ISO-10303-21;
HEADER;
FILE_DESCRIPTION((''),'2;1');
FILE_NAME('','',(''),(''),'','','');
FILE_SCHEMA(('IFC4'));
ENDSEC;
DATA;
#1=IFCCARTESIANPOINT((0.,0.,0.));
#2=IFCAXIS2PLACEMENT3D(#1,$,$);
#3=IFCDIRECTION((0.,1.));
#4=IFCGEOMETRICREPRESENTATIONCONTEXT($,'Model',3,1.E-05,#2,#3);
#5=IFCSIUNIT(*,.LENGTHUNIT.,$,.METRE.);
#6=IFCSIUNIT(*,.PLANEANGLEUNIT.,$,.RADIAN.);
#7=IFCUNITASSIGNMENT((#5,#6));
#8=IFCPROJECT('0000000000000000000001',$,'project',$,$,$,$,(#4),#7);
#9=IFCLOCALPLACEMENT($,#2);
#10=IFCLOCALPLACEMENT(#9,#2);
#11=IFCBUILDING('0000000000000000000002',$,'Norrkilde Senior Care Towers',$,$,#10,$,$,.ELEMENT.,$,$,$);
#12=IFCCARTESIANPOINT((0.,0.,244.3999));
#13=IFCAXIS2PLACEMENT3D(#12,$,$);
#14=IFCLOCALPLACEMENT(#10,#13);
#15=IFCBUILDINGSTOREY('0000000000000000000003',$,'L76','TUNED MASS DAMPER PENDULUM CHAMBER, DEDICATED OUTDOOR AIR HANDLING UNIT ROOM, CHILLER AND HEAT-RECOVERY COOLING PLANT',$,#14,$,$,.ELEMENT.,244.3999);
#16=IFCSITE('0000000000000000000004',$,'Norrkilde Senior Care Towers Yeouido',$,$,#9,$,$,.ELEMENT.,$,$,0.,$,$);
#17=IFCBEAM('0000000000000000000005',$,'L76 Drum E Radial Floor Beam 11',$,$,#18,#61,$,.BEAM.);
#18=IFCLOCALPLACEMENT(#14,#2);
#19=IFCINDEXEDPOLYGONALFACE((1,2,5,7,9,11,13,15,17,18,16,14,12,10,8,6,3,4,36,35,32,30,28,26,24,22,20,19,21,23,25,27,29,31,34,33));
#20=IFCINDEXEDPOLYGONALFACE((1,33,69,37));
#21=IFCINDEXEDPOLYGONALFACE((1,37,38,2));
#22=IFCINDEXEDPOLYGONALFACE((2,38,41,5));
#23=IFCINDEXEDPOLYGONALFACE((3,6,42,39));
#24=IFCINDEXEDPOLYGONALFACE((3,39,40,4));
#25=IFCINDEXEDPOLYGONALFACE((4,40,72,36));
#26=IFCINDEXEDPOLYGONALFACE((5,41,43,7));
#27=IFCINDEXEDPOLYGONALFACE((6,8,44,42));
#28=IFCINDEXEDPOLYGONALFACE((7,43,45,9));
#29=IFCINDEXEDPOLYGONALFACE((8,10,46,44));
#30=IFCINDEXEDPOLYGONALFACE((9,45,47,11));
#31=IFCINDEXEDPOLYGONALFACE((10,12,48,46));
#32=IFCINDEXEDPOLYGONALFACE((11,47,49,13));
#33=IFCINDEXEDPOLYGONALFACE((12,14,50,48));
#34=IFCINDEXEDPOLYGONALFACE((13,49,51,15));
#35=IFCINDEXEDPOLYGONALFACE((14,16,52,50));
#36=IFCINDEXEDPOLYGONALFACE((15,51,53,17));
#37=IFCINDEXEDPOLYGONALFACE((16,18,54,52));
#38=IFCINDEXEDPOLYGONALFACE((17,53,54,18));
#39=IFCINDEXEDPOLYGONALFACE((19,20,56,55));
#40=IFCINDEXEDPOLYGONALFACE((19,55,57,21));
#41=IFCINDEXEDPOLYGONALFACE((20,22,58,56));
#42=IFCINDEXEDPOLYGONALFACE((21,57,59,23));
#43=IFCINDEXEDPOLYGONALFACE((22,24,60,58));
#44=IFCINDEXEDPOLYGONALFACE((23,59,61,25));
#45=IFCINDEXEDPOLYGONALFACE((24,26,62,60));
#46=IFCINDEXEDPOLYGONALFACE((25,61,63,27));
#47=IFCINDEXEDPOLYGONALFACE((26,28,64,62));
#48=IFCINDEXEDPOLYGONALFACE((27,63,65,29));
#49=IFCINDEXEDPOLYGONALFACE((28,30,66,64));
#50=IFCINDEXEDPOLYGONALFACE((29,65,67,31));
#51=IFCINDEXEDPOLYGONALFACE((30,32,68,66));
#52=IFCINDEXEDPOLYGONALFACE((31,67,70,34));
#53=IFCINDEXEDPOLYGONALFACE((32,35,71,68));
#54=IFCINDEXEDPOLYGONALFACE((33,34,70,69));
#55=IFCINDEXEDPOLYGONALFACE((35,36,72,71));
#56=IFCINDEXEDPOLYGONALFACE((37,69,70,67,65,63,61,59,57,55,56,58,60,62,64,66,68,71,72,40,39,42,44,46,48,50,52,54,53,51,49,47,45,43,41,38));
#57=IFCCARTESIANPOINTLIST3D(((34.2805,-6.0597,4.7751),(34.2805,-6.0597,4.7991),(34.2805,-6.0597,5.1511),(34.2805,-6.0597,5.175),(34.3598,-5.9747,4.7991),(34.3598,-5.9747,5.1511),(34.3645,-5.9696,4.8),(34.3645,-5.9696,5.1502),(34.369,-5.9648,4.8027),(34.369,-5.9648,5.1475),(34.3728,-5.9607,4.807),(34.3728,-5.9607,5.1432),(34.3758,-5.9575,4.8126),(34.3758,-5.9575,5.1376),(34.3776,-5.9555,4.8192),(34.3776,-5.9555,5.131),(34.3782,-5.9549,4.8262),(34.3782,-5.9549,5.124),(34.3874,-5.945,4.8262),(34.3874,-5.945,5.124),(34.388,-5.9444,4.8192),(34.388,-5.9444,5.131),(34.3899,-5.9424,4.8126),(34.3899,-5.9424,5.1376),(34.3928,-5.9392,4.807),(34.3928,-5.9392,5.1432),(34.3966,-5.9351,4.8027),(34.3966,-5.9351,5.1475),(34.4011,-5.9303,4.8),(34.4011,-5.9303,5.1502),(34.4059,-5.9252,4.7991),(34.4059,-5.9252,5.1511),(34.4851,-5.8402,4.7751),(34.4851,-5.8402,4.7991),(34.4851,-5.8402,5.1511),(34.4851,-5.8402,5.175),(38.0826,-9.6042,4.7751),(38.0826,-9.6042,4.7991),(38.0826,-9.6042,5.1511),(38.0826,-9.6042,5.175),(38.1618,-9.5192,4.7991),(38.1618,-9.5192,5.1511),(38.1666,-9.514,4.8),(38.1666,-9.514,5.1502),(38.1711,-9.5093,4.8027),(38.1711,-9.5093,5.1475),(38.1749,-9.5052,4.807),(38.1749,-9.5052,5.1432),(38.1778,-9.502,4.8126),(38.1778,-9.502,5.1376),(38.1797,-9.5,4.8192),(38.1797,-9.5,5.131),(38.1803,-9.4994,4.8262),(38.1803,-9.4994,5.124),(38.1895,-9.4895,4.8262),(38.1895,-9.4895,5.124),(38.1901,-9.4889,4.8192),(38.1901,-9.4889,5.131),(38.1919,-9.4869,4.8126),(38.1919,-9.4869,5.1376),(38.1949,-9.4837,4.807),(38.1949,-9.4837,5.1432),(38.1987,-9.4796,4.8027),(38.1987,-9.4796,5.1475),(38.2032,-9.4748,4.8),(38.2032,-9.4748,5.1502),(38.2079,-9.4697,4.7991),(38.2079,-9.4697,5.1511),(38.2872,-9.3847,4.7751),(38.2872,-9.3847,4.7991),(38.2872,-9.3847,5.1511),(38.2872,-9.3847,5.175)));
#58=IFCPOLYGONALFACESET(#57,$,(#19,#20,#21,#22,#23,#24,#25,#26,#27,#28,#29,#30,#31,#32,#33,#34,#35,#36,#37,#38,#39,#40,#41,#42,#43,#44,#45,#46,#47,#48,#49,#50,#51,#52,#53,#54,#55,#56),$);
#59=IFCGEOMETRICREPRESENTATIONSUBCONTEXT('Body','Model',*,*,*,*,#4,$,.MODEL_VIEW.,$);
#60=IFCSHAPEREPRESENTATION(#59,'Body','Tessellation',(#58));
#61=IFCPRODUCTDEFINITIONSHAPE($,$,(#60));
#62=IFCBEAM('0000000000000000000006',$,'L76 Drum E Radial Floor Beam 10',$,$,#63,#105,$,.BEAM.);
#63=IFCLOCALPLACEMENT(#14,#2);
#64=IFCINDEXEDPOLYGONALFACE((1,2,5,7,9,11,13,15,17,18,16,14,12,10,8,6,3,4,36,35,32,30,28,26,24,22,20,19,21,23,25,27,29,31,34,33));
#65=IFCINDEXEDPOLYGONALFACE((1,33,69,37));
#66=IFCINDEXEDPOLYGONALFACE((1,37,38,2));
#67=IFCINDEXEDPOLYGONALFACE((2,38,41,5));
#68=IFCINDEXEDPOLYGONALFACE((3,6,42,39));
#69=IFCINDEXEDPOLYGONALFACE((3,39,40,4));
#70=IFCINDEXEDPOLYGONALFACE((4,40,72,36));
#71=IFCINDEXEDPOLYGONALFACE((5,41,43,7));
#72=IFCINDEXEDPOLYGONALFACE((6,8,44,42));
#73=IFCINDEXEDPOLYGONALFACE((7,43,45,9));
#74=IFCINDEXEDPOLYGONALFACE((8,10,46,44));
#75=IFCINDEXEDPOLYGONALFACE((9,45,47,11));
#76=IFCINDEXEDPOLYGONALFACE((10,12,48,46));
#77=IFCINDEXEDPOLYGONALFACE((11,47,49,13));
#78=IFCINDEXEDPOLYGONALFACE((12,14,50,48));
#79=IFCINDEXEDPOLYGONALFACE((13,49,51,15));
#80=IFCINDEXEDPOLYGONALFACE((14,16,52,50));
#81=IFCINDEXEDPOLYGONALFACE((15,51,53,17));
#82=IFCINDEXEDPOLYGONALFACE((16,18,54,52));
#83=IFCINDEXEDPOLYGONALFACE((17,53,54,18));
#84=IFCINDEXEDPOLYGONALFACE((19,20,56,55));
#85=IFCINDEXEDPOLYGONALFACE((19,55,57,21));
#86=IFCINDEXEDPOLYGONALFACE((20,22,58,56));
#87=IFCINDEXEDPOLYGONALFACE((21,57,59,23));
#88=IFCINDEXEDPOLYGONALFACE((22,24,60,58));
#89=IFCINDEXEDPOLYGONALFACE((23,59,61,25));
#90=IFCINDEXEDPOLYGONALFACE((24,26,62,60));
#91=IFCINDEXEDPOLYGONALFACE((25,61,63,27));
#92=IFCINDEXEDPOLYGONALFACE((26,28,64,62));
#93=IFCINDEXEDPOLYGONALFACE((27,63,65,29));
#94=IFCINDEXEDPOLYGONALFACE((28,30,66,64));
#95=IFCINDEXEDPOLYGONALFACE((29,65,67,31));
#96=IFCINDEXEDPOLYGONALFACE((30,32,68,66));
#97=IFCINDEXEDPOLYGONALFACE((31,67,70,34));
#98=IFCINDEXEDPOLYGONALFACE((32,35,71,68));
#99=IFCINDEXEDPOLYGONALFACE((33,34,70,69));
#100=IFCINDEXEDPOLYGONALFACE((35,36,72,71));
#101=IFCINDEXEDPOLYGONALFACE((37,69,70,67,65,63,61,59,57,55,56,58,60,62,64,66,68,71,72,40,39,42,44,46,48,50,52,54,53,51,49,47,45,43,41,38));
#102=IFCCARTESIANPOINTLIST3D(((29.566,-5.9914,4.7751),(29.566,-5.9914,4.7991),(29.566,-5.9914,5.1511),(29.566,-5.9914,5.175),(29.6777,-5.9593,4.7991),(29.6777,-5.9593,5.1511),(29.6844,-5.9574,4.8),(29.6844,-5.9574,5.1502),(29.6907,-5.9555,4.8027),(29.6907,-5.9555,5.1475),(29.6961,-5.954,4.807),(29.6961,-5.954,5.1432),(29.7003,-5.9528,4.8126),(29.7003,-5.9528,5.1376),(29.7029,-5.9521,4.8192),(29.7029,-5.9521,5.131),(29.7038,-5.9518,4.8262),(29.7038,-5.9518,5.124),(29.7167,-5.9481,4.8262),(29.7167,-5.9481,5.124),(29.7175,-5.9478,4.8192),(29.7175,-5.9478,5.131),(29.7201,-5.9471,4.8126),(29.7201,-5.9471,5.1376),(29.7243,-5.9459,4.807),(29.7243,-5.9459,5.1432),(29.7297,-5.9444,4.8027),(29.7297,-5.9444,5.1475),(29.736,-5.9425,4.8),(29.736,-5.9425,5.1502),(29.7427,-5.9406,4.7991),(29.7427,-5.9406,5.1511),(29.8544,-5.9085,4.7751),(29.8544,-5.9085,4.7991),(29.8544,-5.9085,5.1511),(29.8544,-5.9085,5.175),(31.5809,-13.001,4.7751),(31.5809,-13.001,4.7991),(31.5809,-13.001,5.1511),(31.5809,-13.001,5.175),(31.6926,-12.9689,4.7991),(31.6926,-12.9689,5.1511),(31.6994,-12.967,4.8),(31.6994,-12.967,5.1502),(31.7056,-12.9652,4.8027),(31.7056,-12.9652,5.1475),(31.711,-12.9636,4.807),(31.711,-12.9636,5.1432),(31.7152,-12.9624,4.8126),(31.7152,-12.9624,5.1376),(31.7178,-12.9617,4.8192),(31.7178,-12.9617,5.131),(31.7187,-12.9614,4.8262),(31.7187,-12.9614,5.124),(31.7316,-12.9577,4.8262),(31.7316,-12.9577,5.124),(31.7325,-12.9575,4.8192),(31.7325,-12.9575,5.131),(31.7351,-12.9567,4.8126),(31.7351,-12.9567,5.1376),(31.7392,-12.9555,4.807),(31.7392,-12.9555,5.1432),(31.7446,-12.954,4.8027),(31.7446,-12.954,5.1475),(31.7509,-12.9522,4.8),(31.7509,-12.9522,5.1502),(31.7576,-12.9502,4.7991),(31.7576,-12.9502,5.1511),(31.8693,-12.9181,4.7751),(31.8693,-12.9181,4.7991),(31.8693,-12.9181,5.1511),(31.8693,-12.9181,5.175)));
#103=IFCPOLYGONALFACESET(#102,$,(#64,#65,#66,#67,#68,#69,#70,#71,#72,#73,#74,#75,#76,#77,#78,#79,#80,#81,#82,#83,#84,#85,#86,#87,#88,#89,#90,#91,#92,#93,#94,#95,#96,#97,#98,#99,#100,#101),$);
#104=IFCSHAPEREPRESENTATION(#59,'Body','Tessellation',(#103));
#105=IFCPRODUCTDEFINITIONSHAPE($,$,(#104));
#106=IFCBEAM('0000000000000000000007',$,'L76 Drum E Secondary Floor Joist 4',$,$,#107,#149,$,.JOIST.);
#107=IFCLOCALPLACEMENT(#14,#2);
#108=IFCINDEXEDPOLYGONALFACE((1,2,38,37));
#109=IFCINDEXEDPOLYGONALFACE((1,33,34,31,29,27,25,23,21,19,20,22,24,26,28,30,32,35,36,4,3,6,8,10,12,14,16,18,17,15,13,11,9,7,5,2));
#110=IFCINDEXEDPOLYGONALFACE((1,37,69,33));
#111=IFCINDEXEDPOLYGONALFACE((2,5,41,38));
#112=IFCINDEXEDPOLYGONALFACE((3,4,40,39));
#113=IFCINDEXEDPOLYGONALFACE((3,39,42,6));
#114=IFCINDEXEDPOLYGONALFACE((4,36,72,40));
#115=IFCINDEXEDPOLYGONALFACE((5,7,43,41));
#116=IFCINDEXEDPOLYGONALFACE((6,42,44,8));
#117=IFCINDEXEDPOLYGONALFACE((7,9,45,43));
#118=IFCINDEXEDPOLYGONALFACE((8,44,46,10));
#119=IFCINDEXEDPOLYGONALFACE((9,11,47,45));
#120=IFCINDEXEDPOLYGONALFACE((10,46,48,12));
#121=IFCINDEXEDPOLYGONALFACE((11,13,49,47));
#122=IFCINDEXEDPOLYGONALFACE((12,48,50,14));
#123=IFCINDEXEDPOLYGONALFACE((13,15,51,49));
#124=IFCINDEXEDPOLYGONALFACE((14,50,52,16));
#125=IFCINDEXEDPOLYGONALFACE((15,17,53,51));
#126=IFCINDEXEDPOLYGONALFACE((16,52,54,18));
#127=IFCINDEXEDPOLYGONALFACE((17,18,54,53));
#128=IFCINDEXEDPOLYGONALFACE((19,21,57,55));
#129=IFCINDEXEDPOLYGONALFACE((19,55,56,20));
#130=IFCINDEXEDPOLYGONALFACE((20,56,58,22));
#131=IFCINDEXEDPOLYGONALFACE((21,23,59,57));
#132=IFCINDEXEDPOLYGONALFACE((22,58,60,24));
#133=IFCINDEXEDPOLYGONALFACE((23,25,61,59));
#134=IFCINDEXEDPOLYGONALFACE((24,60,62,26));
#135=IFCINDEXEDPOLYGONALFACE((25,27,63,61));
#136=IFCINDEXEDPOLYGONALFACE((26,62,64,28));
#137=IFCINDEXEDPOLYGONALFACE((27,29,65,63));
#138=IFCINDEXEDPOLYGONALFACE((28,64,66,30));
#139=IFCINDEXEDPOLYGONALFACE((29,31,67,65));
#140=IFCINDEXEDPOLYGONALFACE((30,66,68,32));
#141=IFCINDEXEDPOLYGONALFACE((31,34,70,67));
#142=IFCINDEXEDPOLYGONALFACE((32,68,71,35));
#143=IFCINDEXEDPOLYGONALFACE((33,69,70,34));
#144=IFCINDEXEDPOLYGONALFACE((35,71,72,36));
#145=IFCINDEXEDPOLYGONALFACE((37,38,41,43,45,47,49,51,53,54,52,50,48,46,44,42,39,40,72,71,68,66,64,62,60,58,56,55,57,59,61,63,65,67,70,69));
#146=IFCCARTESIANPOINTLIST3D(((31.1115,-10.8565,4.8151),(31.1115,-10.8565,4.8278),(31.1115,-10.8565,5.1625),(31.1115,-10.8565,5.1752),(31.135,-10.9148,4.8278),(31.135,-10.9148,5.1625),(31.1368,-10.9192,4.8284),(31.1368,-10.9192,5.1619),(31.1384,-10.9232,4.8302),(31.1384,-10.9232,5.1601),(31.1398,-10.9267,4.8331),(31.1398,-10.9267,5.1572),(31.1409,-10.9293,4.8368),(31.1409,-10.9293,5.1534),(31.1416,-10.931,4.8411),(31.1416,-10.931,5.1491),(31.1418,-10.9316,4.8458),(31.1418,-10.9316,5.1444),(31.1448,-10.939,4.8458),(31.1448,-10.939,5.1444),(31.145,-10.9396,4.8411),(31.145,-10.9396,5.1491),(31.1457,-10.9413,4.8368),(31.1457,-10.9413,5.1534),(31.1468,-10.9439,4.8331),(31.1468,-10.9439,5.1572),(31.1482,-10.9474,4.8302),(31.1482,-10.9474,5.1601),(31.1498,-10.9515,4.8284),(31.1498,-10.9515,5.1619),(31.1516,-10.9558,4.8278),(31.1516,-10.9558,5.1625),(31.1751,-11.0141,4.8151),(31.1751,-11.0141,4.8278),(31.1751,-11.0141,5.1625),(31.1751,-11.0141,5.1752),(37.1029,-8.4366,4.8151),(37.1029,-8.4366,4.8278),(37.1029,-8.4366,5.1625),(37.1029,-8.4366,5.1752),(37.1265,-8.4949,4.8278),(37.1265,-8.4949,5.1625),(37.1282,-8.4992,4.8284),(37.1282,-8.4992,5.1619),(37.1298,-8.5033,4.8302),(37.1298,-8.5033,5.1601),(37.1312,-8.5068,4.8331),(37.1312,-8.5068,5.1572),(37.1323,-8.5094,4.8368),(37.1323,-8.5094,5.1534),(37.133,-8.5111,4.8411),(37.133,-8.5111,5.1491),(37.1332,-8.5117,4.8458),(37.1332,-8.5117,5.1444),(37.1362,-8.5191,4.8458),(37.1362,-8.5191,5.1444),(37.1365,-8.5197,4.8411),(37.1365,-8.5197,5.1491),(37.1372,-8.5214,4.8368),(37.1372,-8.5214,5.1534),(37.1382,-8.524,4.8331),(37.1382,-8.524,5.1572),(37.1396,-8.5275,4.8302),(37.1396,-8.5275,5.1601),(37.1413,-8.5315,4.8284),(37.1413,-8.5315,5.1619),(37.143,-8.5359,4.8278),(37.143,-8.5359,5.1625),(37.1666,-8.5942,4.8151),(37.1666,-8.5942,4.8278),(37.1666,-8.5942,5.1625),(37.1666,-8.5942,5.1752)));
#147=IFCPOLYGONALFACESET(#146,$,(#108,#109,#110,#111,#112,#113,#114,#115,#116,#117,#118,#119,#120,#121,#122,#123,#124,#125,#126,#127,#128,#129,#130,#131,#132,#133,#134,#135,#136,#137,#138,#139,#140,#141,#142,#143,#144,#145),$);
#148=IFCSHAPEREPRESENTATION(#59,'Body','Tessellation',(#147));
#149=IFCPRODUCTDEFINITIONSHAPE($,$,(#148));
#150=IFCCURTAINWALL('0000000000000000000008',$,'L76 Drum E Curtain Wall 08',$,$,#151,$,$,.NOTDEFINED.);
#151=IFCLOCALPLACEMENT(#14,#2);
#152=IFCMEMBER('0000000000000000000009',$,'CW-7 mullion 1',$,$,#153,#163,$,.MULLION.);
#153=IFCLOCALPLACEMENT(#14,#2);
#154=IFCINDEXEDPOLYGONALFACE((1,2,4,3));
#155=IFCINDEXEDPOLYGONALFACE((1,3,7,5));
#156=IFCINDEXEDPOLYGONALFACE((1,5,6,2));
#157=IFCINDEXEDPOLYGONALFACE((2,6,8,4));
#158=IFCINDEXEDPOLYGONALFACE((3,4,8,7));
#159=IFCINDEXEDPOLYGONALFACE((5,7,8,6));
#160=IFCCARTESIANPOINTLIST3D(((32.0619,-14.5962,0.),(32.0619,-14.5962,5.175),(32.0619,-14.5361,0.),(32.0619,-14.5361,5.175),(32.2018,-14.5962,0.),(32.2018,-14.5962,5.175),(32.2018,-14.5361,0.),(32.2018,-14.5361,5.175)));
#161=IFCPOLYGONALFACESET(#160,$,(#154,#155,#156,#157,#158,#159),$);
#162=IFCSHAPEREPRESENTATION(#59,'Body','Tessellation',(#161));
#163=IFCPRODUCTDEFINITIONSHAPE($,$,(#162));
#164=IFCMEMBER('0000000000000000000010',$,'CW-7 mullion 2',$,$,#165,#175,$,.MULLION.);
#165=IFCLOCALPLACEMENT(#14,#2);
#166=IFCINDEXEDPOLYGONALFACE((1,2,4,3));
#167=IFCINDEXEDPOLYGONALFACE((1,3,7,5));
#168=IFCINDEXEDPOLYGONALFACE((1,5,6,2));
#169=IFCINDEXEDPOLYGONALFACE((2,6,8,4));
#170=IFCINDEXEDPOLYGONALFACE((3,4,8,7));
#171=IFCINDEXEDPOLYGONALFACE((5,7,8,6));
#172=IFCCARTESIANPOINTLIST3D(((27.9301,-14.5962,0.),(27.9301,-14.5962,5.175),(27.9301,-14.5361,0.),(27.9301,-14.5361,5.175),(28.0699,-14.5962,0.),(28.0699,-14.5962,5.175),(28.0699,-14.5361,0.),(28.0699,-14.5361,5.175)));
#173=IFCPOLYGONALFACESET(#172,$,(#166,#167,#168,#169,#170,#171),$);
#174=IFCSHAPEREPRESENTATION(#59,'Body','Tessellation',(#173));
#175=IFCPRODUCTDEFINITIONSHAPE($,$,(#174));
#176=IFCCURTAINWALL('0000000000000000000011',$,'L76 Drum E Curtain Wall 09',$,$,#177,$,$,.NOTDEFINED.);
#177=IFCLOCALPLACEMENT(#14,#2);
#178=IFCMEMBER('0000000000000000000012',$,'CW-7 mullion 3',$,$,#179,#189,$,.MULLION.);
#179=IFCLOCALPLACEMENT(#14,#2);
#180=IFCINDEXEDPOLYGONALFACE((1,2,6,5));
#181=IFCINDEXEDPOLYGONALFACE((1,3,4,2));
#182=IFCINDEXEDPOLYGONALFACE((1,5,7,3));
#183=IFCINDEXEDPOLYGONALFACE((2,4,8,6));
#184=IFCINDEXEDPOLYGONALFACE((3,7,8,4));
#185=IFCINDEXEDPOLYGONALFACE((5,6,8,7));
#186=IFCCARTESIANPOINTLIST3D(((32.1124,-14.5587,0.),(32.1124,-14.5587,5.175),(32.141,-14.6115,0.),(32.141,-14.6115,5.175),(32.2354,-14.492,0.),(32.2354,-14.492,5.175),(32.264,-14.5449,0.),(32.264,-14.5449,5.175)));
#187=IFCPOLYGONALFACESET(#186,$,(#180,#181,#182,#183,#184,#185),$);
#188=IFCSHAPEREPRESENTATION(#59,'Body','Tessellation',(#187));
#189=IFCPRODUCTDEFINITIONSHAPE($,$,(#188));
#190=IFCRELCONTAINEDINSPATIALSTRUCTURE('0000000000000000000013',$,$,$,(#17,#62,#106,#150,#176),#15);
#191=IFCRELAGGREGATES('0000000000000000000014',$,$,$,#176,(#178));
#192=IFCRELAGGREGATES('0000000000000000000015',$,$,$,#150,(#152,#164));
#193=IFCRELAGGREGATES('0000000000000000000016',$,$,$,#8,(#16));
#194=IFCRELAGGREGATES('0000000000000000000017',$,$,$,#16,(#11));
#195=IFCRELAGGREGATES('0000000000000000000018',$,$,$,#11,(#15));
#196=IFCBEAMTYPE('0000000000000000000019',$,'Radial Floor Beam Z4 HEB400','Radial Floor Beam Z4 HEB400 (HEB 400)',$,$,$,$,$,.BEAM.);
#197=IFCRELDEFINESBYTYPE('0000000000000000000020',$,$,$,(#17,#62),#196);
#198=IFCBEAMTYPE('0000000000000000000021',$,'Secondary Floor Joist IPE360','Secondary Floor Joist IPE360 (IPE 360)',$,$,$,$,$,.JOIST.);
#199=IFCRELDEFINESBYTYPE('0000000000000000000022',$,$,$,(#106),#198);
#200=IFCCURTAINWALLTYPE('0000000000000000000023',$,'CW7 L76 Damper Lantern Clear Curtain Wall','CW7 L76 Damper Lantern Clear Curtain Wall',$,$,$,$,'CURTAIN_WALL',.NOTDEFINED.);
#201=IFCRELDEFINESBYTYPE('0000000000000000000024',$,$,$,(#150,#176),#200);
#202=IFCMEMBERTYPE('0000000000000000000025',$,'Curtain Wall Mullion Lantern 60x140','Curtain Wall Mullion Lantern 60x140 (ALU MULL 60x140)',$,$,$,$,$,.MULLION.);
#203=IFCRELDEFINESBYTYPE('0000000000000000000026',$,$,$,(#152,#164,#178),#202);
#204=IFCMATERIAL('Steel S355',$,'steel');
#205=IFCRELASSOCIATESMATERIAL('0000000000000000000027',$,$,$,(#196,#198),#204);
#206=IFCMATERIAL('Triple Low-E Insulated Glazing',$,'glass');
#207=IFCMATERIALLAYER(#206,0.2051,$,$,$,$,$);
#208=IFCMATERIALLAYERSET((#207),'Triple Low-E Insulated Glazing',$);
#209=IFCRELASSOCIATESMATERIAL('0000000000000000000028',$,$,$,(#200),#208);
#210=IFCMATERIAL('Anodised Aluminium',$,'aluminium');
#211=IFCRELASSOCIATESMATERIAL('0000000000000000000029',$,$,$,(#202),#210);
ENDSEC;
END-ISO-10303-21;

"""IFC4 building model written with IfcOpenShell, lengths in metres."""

from ifc_helpers import new_model, si_unit, direction, frame, origin, origin_2d, place, context, subcontext, project, spatial, rectangle, i_section, extrude, source, transform, mapped, material, layer, layer_set, material_profile, profile_set, type_object, type_shapes, element, aggregate, save


model = new_model("IFC4")

# Units and contexts
model_context = context("Model", 3, precision=1e-05, world=origin(), true_north=direction((0.0, 1.0)))
body_context = subcontext(model_context, "Body", "Model", "MODEL_VIEW")
ifc_project = project(units=[si_unit("LENGTHUNIT", "METRE"), si_unit("PLANEANGLEUNIT", "RADIAN")], contexts=[model_context])

# Site, building, storey
site_placement = place(None, origin())
site = spatial("IfcSite", under=ifc_project, at=site_placement, Name="Norrkilde Senior Care Towers Yeouido", CompositionType="ELEMENT", RefElevation=0.0)
building_placement = place(site_placement, origin())
building = spatial("IfcBuilding", under=site, at=building_placement, Name="Norrkilde Senior Care Towers", CompositionType="ELEMENT")
storey_placement = place(building_placement, frame((0.0, 0.0, 244.3999)))
storey = spatial("IfcBuildingStorey", under=building, at=storey_placement, Name="L76", Description="TUNED MASS DAMPER PENDULUM CHAMBER, DEDICATED OUTDOOR AIR HANDLING UNIT ROOM, CHILLER AND HEAT-RECOVERY COOLING PLANT", CompositionType="ELEMENT", Elevation=244.3999)

# Beams
ifc_material_1 = material(Name="Steel S355", Category="steel")
ifc_material_profile_1 = material_profile(ifc_material_1, i_section(OverallWidth=0.3, OverallDepth=0.3999, WebThickness=0.0134, FlangeThickness=0.0239, FilletRadius=0.0271, at=origin_2d()), Name="HEB 400")
ifc_profile_set_1 = profile_set([ifc_material_profile_1], Name="Steel S355")
beam_type_1 = type_object("IfcBeamType", Name="Radial Floor Beam Z4 HEB400", Description="Radial Floor Beam Z4 HEB400 (HEB 400)", PredefinedType="BEAM", material=ifc_profile_set_1)
shared_shape_1 = source(origin(), body_context, "Body", "SweptSolid", [
    extrude(i_section(OverallWidth=0.3, OverallDepth=0.3999, WebThickness=0.0134, FlangeThickness=0.0239, FilletRadius=0.0271, at=origin_2d()), origin(), (0.0, 0.0, 1.0), 5.198),
])
beam_1_placement = place(storey_placement, frame((34.3828, -5.95, 4.9751), z_axis=(0.731449, -0.681896, 0.0), x_axis=(0.681896, 0.731449, 0.0)))
element("IfcBeam", 1, at=beam_1_placement, inside=storey, type_object=beam_type_1, Name="L76 Drum E Radial Floor Beam 11", PredefinedType="BEAM", context=body_context, shape_type="MappedRepresentation", body=[
    mapped(shared_shape_1, transform((0.0, 0.0, 0.0), x_axis=(1.0, 0.0, 0.0), y_axis=(0.0, 1.0, 0.0), z_axis=(0.0, 0.0, 1.0), scale=1.0)),
])
shared_shape_2 = source(origin(), body_context, "Body", "SweptSolid", [
    extrude(i_section(OverallWidth=0.3, OverallDepth=0.3999, WebThickness=0.0134, FlangeThickness=0.0239, FilletRadius=0.0271, at=origin_2d()), origin(), (0.0, 0.0, 1.0), 7.2935),
])
beam_2_placement = place(storey_placement, frame((29.7102, -5.95, 4.9751), z_axis=(0.276264, -0.961082, 0.0), x_axis=(0.961082, 0.276264, 0.0)))
element("IfcBeam", 2, at=beam_2_placement, inside=storey, type_object=beam_type_1, Name="L76 Drum E Radial Floor Beam 10", PredefinedType="BEAM", context=body_context, shape_type="MappedRepresentation", body=[
    mapped(shared_shape_2, transform((0.0, 0.0, 0.0), x_axis=(1.0, 0.0, 0.0), y_axis=(0.0, 1.0, 0.0), z_axis=(0.0, 0.0, 1.0), scale=1.0)),
])
ifc_material_profile_2 = material_profile(ifc_material_1, i_section(OverallWidth=0.1699, OverallDepth=0.3601, WebThickness=0.0081, FlangeThickness=0.0127, FilletRadius=0.0181, at=origin_2d()), Name="IPE 360")
ifc_profile_set_2 = profile_set([ifc_material_profile_2], Name="Steel S355")
beam_type_2 = type_object("IfcBeamType", Name="Secondary Floor Joist IPE360", Description="Secondary Floor Joist IPE360 (IPE 360)", PredefinedType="JOIST", material=ifc_profile_set_2)
shared_shape_3 = source(origin(), body_context, "Body", "SweptSolid", [
    extrude(i_section(OverallWidth=0.1699, OverallDepth=0.3601, WebThickness=0.0081, FlangeThickness=0.0127, FilletRadius=0.0181, at=origin_2d()), origin(), (0.0, 0.0, 1.0), 6.4617),
])
type_shapes(beam_type_2, [shared_shape_3])
beam_3_placement = place(storey_placement, frame((31.1433, -10.9353, 4.9951), z_axis=(0.927226, 0.374502, 0.0), x_axis=(-0.374502, 0.927226, 0.0)))
element("IfcBeam", 3, at=beam_3_placement, inside=storey, type_object=beam_type_2, Name="L76 Drum E Secondary Floor Joist 4", PredefinedType="JOIST", context=body_context, shape_type="MappedRepresentation", body=[
    mapped(shared_shape_3, transform((0.0, 0.0, 0.0), x_axis=(1.0, 0.0, 0.0), y_axis=(0.0, 1.0, 0.0), z_axis=(0.0, 0.0, 1.0), scale=1.0)),
])

# Curtain wall, members
ifc_material_2 = material(Name="Triple Low-E Insulated Glazing", Category="glass")
ifc_layer_1 = layer(ifc_material_2, 0.2051)
ifc_layer_set_1 = layer_set([ifc_layer_1], Name="Triple Low-E Insulated Glazing")
curtain_wall_type = type_object("IfcCurtainWallType", Name="CW7 L76 Damper Lantern Clear Curtain Wall", Description="CW7 L76 Damper Lantern Clear Curtain Wall", ElementType="CURTAIN_WALL", PredefinedType="NOTDEFINED", material=ifc_layer_set_1)
curtain_wall_1_placement = place(storey_placement, origin())
curtain_wall_1 = element("IfcCurtainWall", 4, at=curtain_wall_1_placement, inside=storey, type_object=curtain_wall_type, Name="L76 Drum E Curtain Wall 08", PredefinedType="NOTDEFINED")
ifc_material_3 = material(Name="Anodised Aluminium", Category="aluminium")
ifc_material_profile_3 = material_profile(ifc_material_3, rectangle(XDim=0.0601, YDim=0.1399, at=origin_2d()), Name="ALU MULL 60x140")
ifc_profile_set_3 = profile_set([ifc_material_profile_3], Name="Anodised Aluminium")
member_type_1 = type_object("IfcMemberType", Name="Curtain Wall Mullion Lantern 60x140", Description="Curtain Wall Mullion Lantern 60x140 (ALU MULL 60x140)", PredefinedType="MULLION", material=ifc_profile_set_3)
shared_shape_4 = source(origin(), body_context, "Body", "SweptSolid", [
    extrude(rectangle(XDim=0.0601, YDim=0.1399, at=origin_2d()), origin(), (0.0, 0.0, 1.0), 5.175),
])
type_shapes(member_type_1, [shared_shape_4])
member_1_placement = place(storey_placement, frame((32.1318, -14.5662, 0.0), z_axis=(0.0, 0.0, 1.0), x_axis=(0.0, -1.0, 0.0)))
member_1 = element("IfcMember", 5, at=member_1_placement, type_object=member_type_1, Name="CW-7 mullion 1", PredefinedType="MULLION", context=body_context, shape_type="MappedRepresentation", body=[
    mapped(shared_shape_4, transform((0.0, 0.0, 0.0), x_axis=(1.0, 0.0, 0.0), y_axis=(0.0, 1.0, 0.0), z_axis=(0.0, 0.0, 1.0), scale=1.0)),
])
member_2_placement = place(storey_placement, frame((28.0, -14.5662, 0.0), z_axis=(0.0, 0.0, 1.0), x_axis=(0.0, -1.0, 0.0)))
member_2 = element("IfcMember", 6, at=member_2_placement, type_object=member_type_1, Name="CW-7 mullion 2", PredefinedType="MULLION", context=body_context, shape_type="MappedRepresentation", body=[
    mapped(shared_shape_4, transform((0.0, 0.0, 0.0), x_axis=(1.0, 0.0, 0.0), y_axis=(0.0, 1.0, 0.0), z_axis=(0.0, 0.0, 1.0), scale=1.0)),
])

# Curtain wall, member
curtain_wall_2_placement = place(storey_placement, origin())
curtain_wall_2 = element("IfcCurtainWall", 7, at=curtain_wall_2_placement, inside=storey, type_object=curtain_wall_type, Name="L76 Drum E Curtain Wall 09", PredefinedType="NOTDEFINED")
member_3_placement = place(storey_placement, frame((32.1882, -14.5518, 0.0), z_axis=(0.0, 0.0, 1.0), x_axis=(0.476133, -0.879373, 0.0)))
member_3 = element("IfcMember", 8, at=member_3_placement, type_object=member_type_1, Name="CW-7 mullion 3", PredefinedType="MULLION", context=body_context, shape_type="MappedRepresentation", body=[
    mapped(shared_shape_4, transform((0.0, 0.0, 0.0), x_axis=(1.0, 0.0, 0.0), y_axis=(0.0, 1.0, 0.0), z_axis=(0.0, 0.0, 1.0), scale=1.0)),
])

aggregate(curtain_wall_2, [member_3])
aggregate(curtain_wall_1, [member_1, member_2])

save(model, "model.ifc")
